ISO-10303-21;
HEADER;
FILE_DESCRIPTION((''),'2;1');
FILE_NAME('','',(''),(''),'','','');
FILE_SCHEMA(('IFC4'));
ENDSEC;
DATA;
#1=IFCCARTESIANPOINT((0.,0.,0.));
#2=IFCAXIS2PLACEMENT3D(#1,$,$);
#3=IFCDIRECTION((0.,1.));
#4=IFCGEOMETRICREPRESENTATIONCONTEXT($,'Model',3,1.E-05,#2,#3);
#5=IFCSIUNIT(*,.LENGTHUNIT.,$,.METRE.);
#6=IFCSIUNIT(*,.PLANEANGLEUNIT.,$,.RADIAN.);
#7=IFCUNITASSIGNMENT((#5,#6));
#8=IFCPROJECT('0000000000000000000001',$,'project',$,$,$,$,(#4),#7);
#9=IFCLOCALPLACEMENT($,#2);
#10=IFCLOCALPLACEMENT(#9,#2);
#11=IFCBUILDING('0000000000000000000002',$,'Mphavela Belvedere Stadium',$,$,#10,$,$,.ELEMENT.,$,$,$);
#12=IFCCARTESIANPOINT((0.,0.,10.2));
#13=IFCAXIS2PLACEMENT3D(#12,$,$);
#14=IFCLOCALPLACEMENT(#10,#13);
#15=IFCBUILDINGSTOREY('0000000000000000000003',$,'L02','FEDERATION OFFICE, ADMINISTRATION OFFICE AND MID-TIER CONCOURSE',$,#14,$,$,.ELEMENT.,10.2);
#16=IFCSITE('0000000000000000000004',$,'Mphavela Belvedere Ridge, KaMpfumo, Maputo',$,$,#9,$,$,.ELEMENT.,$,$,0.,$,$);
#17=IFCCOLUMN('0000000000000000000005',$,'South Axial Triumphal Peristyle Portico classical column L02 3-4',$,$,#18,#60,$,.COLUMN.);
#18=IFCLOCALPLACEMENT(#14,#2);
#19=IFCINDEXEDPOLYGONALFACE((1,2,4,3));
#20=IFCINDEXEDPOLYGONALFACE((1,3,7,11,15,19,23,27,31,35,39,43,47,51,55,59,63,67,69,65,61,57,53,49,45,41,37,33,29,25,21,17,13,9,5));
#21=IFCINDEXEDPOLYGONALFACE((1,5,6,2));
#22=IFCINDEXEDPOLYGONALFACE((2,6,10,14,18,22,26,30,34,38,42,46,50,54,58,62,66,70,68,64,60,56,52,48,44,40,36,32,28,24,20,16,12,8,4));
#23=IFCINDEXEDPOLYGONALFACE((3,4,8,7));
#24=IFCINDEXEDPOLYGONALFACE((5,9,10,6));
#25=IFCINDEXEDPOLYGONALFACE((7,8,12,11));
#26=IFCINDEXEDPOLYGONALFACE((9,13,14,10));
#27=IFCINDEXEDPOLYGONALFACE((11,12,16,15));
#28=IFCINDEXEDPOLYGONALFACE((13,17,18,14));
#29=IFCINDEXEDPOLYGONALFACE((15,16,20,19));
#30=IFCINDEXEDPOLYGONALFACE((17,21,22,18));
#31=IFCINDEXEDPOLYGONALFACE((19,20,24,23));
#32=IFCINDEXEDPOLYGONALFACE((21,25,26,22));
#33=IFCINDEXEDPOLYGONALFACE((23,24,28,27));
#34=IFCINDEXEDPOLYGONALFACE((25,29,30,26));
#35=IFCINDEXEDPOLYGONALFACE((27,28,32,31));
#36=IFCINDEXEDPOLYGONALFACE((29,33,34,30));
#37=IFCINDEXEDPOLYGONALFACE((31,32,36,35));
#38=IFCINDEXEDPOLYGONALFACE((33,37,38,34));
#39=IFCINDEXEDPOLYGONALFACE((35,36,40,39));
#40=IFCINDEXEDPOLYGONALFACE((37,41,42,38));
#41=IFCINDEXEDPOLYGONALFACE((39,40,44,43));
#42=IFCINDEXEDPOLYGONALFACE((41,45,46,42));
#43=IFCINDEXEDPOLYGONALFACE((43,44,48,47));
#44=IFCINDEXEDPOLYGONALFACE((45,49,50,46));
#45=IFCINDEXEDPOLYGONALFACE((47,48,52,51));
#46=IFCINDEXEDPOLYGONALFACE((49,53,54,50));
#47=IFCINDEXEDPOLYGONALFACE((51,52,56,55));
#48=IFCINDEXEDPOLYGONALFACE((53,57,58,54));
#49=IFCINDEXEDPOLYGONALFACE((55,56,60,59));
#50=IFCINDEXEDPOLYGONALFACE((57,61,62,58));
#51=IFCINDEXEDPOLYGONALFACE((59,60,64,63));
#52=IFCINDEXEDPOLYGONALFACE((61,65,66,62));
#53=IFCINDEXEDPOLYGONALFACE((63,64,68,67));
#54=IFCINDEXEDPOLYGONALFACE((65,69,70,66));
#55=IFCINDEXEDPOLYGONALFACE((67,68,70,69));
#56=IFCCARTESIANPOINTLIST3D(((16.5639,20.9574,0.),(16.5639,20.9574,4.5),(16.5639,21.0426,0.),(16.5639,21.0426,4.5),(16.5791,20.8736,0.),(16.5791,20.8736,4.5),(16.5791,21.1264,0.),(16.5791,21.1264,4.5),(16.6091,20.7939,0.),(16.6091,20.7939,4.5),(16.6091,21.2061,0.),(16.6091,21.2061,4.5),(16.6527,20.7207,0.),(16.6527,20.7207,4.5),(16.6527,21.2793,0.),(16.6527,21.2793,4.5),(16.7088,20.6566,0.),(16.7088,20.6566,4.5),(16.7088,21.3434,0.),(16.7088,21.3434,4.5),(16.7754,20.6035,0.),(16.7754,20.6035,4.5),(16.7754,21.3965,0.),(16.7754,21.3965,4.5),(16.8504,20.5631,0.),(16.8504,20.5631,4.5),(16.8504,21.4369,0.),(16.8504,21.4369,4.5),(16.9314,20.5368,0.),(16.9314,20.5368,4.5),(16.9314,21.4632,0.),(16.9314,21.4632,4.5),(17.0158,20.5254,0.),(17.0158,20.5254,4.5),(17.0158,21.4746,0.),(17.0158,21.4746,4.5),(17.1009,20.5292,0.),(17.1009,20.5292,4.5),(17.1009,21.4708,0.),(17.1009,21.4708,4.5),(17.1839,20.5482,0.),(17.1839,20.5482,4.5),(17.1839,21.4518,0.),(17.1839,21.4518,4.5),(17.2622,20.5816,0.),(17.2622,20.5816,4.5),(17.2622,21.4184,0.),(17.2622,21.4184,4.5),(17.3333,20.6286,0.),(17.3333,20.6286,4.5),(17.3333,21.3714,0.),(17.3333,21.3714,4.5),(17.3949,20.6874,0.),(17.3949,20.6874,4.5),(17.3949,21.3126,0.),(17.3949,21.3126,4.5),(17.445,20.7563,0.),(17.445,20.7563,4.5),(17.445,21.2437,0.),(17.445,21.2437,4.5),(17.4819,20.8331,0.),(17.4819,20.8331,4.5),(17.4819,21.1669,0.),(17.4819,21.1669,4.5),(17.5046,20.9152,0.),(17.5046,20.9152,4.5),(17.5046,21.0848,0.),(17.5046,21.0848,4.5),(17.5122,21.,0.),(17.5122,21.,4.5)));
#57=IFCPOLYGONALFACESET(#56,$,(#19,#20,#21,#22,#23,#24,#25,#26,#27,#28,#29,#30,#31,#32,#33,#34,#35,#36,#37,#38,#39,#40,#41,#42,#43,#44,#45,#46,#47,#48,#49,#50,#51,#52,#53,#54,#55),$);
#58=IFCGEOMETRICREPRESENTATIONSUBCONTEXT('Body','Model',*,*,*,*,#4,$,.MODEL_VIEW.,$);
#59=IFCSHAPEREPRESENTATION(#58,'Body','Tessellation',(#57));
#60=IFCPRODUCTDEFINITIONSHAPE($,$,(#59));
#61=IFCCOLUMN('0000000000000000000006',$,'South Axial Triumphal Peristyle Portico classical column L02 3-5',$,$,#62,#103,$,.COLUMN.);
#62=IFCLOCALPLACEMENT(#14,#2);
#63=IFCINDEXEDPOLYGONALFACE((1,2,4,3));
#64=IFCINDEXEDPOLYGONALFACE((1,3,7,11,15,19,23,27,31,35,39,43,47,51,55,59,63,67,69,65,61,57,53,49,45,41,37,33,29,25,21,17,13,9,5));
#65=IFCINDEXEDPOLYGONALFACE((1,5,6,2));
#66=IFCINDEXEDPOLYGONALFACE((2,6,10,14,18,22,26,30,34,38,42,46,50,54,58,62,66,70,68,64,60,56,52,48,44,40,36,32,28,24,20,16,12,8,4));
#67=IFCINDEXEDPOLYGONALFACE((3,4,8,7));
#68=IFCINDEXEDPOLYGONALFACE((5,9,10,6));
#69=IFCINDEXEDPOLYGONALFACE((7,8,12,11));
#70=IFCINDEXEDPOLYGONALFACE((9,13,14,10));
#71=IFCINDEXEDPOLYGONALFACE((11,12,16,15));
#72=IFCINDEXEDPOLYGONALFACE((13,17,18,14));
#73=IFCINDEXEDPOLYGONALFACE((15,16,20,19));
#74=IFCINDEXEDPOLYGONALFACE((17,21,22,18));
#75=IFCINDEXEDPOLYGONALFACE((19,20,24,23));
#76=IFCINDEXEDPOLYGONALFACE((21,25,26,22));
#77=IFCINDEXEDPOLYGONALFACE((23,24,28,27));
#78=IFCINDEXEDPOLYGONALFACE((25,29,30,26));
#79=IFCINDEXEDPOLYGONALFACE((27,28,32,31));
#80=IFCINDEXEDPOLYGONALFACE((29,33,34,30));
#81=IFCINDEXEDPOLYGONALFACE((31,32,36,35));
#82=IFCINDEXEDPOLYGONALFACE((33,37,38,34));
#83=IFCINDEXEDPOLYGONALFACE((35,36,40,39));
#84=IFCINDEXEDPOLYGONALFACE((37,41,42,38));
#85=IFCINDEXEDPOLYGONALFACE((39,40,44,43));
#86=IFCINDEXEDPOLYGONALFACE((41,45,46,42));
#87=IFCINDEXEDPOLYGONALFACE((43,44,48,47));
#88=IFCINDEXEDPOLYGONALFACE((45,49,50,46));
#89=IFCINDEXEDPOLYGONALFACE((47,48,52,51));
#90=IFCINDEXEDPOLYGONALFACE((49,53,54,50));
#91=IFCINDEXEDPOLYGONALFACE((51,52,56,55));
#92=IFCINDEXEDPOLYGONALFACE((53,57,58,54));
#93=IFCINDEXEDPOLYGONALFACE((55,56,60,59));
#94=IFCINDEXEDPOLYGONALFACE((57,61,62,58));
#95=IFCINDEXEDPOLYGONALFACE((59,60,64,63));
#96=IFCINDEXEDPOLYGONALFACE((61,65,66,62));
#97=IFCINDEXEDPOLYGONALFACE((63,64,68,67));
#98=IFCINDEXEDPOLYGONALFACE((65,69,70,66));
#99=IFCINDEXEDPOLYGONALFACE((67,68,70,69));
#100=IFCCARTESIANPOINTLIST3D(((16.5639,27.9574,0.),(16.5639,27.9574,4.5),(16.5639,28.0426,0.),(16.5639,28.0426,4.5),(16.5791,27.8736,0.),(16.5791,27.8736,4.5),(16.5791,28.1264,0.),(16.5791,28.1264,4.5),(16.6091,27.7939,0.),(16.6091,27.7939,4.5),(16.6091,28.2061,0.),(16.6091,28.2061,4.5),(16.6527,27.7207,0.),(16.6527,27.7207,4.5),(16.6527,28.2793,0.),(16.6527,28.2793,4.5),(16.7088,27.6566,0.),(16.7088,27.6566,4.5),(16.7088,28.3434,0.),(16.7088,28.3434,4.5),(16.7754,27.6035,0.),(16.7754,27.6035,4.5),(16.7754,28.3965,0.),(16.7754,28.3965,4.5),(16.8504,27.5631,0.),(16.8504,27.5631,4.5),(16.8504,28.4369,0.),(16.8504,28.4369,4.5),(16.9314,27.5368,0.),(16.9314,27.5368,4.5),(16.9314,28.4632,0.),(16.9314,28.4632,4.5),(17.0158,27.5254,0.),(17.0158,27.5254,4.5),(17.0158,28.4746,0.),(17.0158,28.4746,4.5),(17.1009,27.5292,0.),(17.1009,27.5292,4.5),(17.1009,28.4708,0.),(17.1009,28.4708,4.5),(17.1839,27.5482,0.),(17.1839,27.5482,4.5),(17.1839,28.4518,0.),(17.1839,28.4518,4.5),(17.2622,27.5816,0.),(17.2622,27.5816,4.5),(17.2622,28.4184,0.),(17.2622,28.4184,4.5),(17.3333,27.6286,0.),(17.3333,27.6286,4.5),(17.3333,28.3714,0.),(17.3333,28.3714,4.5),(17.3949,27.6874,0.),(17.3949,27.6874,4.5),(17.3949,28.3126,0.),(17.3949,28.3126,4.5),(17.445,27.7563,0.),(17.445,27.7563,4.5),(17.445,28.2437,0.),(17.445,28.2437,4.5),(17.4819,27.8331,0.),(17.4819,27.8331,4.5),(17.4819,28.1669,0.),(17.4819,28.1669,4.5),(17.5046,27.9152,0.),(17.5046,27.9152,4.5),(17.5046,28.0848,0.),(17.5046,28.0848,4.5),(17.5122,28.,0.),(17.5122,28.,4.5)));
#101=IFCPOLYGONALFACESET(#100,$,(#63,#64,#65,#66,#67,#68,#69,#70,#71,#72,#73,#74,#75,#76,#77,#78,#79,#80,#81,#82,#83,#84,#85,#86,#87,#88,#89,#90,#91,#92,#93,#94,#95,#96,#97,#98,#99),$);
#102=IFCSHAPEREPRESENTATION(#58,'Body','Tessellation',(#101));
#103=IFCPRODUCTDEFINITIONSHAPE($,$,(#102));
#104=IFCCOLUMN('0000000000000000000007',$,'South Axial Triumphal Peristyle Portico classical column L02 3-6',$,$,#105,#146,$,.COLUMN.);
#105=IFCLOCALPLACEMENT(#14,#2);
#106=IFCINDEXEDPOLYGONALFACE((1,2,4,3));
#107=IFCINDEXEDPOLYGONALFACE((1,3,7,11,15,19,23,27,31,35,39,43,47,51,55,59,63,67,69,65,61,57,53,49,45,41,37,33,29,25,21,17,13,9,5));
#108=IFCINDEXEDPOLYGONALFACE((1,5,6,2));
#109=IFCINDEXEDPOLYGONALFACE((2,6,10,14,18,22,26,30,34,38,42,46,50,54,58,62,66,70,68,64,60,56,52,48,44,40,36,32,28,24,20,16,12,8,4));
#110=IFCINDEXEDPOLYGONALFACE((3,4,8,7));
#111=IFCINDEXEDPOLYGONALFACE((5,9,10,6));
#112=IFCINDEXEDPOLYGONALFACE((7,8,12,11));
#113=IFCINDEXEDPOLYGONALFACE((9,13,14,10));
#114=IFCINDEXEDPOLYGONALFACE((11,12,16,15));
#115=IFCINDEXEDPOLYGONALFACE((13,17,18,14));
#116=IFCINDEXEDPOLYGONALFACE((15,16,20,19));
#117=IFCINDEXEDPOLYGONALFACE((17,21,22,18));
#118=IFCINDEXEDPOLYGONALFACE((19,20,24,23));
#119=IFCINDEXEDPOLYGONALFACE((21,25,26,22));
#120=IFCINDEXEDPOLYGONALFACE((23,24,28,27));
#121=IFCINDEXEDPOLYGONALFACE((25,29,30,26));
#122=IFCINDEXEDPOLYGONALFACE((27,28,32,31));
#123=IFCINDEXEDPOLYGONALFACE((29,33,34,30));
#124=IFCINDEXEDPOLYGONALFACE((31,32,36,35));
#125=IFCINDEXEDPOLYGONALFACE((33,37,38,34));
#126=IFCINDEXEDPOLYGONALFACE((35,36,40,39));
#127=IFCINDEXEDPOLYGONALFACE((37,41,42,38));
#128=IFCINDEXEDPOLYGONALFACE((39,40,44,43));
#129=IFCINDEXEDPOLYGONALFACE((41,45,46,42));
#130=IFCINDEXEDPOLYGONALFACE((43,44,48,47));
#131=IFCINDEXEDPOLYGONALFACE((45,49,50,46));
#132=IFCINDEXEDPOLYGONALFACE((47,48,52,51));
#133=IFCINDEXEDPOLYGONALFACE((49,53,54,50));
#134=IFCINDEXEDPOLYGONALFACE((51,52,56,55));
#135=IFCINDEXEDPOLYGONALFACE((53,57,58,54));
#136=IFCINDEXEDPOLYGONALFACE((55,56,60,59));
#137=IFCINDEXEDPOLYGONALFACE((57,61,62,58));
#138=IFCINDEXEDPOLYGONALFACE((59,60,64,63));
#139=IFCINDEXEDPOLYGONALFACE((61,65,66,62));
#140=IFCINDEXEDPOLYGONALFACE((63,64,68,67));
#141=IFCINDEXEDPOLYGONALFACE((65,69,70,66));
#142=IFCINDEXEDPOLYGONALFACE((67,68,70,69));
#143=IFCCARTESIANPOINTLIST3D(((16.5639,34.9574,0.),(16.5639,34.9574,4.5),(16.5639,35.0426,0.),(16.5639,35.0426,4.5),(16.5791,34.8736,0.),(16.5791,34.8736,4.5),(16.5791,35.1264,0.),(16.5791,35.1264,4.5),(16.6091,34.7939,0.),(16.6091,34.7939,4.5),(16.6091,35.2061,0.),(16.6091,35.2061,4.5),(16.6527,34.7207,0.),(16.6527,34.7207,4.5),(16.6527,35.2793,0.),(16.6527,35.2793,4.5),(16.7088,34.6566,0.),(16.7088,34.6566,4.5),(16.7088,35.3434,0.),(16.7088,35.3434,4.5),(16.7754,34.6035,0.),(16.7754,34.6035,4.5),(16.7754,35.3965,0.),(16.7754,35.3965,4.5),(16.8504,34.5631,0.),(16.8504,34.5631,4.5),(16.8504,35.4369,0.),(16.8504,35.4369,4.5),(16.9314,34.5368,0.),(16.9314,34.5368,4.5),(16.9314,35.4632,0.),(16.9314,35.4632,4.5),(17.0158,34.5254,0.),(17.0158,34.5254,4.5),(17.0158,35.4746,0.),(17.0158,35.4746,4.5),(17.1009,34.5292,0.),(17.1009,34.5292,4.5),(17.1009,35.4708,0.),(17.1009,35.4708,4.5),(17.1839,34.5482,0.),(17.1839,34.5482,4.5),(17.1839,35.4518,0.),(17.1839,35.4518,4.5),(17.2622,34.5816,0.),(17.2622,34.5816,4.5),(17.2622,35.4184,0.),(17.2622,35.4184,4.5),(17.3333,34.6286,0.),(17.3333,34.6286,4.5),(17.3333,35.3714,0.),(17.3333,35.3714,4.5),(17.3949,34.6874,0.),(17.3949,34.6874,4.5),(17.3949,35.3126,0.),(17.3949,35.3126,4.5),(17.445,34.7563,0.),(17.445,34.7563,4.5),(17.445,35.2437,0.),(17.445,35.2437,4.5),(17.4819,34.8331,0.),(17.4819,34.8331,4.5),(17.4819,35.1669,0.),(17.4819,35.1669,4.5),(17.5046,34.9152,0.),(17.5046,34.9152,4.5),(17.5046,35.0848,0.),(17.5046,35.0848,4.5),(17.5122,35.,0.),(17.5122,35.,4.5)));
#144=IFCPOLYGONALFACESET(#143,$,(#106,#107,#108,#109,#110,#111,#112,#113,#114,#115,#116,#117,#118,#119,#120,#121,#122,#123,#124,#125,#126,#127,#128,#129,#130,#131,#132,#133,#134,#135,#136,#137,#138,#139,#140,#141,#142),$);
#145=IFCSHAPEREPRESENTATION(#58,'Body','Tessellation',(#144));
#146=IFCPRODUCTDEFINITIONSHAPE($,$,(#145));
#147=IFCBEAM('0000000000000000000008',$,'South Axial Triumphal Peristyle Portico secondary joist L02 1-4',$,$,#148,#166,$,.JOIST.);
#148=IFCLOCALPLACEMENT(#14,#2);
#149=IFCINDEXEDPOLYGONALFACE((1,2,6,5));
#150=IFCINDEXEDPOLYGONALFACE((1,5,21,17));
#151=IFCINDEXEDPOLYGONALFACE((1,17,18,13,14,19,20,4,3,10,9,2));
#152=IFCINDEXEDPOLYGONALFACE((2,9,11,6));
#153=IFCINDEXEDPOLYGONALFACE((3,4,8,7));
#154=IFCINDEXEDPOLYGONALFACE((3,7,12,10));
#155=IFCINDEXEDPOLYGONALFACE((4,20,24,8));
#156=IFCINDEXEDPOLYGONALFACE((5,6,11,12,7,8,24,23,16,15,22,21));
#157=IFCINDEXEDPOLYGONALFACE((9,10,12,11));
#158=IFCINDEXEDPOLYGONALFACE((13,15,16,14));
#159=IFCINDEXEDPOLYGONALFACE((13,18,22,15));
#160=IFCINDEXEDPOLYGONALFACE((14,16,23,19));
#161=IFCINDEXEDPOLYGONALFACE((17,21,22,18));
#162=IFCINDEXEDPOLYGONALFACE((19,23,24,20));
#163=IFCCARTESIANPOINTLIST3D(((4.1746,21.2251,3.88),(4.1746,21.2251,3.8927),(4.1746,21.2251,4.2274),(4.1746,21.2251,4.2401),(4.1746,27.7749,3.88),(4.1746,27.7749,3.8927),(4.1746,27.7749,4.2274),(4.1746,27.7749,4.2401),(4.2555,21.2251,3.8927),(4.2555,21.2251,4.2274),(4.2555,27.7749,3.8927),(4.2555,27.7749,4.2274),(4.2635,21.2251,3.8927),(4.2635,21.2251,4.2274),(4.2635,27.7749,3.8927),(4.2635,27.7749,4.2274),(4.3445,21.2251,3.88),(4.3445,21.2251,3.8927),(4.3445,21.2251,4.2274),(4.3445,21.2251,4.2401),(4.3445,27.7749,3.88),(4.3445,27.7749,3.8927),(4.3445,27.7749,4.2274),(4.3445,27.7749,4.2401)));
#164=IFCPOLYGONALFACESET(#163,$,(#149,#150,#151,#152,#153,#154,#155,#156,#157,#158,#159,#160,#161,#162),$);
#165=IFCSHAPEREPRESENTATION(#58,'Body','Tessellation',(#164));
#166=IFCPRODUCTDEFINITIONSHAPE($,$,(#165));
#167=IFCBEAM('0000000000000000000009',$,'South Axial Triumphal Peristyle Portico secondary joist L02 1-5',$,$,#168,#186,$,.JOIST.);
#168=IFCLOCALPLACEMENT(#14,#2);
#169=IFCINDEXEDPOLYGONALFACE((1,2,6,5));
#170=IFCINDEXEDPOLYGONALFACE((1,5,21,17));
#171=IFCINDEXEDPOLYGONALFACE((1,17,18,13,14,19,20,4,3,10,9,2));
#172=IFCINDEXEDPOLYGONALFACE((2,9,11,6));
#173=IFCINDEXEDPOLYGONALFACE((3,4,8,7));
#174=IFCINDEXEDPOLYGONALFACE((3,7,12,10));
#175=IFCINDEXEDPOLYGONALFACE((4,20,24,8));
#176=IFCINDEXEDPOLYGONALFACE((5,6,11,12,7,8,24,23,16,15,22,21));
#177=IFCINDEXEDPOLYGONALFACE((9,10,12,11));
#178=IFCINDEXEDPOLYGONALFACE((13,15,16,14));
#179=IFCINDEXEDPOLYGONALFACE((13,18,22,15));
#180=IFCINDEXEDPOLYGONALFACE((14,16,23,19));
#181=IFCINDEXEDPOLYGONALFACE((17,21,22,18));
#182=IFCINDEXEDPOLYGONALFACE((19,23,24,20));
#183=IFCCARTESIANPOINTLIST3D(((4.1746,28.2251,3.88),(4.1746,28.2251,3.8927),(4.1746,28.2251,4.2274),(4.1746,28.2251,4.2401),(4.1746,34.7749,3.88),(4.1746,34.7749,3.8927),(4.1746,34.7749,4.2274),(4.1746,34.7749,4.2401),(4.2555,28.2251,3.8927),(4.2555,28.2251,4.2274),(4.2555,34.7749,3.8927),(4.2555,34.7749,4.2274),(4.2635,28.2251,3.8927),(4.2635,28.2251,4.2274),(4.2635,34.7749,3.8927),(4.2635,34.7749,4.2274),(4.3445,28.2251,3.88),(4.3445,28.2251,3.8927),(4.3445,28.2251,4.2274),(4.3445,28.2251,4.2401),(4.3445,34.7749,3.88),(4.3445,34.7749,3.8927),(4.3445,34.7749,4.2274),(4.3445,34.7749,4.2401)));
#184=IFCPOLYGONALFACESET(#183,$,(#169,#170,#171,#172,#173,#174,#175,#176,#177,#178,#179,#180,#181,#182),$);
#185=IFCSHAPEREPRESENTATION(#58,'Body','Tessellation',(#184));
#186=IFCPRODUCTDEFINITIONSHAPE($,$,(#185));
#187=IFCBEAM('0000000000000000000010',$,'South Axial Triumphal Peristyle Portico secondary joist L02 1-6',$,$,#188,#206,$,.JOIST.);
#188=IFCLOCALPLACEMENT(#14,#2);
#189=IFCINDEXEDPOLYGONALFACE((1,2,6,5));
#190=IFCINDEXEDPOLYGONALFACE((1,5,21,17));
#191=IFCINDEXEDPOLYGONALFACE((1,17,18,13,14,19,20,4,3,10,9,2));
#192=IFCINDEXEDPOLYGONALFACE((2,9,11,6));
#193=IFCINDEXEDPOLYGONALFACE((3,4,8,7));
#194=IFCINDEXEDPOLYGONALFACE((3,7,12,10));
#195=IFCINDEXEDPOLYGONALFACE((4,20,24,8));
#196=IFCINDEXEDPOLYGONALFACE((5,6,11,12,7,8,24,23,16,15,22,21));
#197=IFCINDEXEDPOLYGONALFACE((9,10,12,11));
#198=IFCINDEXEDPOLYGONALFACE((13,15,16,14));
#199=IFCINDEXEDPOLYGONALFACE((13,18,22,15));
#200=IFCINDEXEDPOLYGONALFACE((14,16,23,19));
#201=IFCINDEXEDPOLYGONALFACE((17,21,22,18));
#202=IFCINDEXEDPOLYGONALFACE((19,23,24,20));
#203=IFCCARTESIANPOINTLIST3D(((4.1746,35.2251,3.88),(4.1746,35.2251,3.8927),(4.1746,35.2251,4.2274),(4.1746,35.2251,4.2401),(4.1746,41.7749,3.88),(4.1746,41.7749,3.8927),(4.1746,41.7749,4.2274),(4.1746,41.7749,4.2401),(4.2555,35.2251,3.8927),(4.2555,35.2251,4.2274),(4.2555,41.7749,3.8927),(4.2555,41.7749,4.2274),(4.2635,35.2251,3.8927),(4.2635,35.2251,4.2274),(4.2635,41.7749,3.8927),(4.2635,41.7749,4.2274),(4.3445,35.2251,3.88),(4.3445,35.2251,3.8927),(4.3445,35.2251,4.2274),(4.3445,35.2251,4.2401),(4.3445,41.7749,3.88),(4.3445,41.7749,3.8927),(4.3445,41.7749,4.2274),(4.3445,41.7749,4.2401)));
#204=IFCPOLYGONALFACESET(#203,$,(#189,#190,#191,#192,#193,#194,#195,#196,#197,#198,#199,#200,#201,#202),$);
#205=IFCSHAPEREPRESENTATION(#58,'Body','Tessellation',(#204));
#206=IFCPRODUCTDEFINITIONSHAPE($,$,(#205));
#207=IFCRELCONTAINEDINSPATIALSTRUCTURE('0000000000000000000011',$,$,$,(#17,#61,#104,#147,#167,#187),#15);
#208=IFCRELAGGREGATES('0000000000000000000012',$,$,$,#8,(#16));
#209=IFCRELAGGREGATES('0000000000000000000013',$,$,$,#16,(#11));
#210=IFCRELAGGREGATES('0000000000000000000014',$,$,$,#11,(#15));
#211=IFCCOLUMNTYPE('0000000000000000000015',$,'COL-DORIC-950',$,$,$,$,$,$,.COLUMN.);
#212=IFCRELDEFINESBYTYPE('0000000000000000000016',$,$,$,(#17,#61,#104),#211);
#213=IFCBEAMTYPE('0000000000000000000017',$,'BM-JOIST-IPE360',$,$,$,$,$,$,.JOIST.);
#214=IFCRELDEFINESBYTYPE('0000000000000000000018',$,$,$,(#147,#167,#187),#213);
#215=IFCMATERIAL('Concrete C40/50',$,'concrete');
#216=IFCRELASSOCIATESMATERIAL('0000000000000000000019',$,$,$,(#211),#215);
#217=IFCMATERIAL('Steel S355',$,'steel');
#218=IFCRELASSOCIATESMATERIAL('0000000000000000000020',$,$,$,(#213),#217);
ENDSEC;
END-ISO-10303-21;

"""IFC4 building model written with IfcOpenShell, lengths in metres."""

from ifc_helpers import new_model, si_unit, direction, frame, origin, origin_2d, place, context, subcontext, project, spatial, circle, i_section, extrude, material, material_profile, profile_set, type_object, element, save


model = new_model("IFC4")

# Units and contexts
model_context = context("Model", 3, precision=1e-05, world=origin(), true_north=direction((0.0, 1.0)))
body_context = subcontext(model_context, "Body", "Model", "MODEL_VIEW")
ifc_project = project(units=[si_unit("LENGTHUNIT", "METRE"), si_unit("PLANEANGLEUNIT", "RADIAN")], contexts=[model_context])

# Site, building, storey
site_placement = place(None, origin())
site = spatial("IfcSite", under=ifc_project, at=site_placement, Name="Mphavela Belvedere Ridge, KaMpfumo, Maputo", CompositionType="ELEMENT", RefElevation=0.0)
building_placement = place(site_placement, origin())
building = spatial("IfcBuilding", under=site, at=building_placement, Name="Mphavela Belvedere Stadium", CompositionType="ELEMENT")
storey_placement = place(building_placement, frame((0.0, 0.0, 10.2)))
storey = spatial("IfcBuildingStorey", under=building, at=storey_placement, Name="L02", Description="FEDERATION OFFICE, ADMINISTRATION OFFICE AND MID-TIER CONCOURSE", CompositionType="ELEMENT", Elevation=10.2)

# Columns
ifc_material_1 = material(Name="Concrete C40/50", Category="concrete")
ifc_material_profile_1 = material_profile(ifc_material_1, circle(Radius=0.4751, at=origin_2d()), Name="COL D950")
ifc_profile_set_1 = profile_set([ifc_material_profile_1], Name="Concrete C40/50")
column_type = type_object("IfcColumnType", Name="COL-DORIC-950", PredefinedType="COLUMN", material=ifc_profile_set_1)
for number, where, z_axis, x_axis, name in (
    (1, (17.0371, 21.0, 0.0), (0.0, 0.0, 1.0), (1.0, 0.0, 0.0), "South Axial Triumphal Peristyle Portico classical column L02 3-4"),
    (2, (17.0371, 28.0, 0.0), (0.0, 0.0, 1.0), (1.0, 0.0, 0.0), "South Axial Triumphal Peristyle Portico classical column L02 3-5"),
    (3, (17.0371, 35.0, 0.0), (0.0, 0.0, 1.0), (1.0, 0.0, 0.0), "South Axial Triumphal Peristyle Portico classical column L02 3-6"),
):
    element("IfcColumn", number, at=place(storey_placement, frame(where, z_axis=z_axis, x_axis=x_axis)), inside=storey, type_object=column_type, Name=name, PredefinedType="COLUMN", context=body_context, shape_type="SweptSolid", body=[
        extrude(circle(Radius=0.4751, at=origin_2d()), origin(), (0.0, 0.0, 1.0), 4.5),
    ])

# Beams
ifc_material_2 = material(Name="Steel S355", Category="steel")
ifc_material_profile_2 = material_profile(ifc_material_2, i_section(OverallWidth=0.1699, OverallDepth=0.3601, WebThickness=0.0081, FlangeThickness=0.0127, at=origin_2d()), Name="IPE 360")
ifc_profile_set_2 = profile_set([ifc_material_profile_2], Name="Steel S355")
beam_type_1 = type_object("IfcBeamType", Name="BM-JOIST-IPE360", PredefinedType="JOIST", material=ifc_profile_set_2)
for number, where, z_axis, x_axis, name in (
    (4, (4.2595, 21.2251, 4.0601), (0.0, 1.0, 0.0), (-1.0, 0.0, 0.0), "South Axial Triumphal Peristyle Portico secondary joist L02 1-4"),
    (5, (4.2595, 28.2251, 4.0601), (0.0, 1.0, 0.0), (-1.0, 0.0, 0.0), "South Axial Triumphal Peristyle Portico secondary joist L02 1-5"),
    (6, (4.2595, 35.2251, 4.0601), (0.0, 1.0, 0.0), (-1.0, 0.0, 0.0), "South Axial Triumphal Peristyle Portico secondary joist L02 1-6"),
):
    element("IfcBeam", number, at=place(storey_placement, frame(where, z_axis=z_axis, x_axis=x_axis)), inside=storey, type_object=beam_type_1, Name=name, PredefinedType="JOIST", context=body_context, shape_type="SweptSolid", body=[
        extrude(i_section(OverallWidth=0.1699, OverallDepth=0.3601, WebThickness=0.0081, FlangeThickness=0.0127, at=origin_2d()), origin(), (0.0, 0.0, 1.0), 6.5498),
    ])

save(model, "model.ifc")
